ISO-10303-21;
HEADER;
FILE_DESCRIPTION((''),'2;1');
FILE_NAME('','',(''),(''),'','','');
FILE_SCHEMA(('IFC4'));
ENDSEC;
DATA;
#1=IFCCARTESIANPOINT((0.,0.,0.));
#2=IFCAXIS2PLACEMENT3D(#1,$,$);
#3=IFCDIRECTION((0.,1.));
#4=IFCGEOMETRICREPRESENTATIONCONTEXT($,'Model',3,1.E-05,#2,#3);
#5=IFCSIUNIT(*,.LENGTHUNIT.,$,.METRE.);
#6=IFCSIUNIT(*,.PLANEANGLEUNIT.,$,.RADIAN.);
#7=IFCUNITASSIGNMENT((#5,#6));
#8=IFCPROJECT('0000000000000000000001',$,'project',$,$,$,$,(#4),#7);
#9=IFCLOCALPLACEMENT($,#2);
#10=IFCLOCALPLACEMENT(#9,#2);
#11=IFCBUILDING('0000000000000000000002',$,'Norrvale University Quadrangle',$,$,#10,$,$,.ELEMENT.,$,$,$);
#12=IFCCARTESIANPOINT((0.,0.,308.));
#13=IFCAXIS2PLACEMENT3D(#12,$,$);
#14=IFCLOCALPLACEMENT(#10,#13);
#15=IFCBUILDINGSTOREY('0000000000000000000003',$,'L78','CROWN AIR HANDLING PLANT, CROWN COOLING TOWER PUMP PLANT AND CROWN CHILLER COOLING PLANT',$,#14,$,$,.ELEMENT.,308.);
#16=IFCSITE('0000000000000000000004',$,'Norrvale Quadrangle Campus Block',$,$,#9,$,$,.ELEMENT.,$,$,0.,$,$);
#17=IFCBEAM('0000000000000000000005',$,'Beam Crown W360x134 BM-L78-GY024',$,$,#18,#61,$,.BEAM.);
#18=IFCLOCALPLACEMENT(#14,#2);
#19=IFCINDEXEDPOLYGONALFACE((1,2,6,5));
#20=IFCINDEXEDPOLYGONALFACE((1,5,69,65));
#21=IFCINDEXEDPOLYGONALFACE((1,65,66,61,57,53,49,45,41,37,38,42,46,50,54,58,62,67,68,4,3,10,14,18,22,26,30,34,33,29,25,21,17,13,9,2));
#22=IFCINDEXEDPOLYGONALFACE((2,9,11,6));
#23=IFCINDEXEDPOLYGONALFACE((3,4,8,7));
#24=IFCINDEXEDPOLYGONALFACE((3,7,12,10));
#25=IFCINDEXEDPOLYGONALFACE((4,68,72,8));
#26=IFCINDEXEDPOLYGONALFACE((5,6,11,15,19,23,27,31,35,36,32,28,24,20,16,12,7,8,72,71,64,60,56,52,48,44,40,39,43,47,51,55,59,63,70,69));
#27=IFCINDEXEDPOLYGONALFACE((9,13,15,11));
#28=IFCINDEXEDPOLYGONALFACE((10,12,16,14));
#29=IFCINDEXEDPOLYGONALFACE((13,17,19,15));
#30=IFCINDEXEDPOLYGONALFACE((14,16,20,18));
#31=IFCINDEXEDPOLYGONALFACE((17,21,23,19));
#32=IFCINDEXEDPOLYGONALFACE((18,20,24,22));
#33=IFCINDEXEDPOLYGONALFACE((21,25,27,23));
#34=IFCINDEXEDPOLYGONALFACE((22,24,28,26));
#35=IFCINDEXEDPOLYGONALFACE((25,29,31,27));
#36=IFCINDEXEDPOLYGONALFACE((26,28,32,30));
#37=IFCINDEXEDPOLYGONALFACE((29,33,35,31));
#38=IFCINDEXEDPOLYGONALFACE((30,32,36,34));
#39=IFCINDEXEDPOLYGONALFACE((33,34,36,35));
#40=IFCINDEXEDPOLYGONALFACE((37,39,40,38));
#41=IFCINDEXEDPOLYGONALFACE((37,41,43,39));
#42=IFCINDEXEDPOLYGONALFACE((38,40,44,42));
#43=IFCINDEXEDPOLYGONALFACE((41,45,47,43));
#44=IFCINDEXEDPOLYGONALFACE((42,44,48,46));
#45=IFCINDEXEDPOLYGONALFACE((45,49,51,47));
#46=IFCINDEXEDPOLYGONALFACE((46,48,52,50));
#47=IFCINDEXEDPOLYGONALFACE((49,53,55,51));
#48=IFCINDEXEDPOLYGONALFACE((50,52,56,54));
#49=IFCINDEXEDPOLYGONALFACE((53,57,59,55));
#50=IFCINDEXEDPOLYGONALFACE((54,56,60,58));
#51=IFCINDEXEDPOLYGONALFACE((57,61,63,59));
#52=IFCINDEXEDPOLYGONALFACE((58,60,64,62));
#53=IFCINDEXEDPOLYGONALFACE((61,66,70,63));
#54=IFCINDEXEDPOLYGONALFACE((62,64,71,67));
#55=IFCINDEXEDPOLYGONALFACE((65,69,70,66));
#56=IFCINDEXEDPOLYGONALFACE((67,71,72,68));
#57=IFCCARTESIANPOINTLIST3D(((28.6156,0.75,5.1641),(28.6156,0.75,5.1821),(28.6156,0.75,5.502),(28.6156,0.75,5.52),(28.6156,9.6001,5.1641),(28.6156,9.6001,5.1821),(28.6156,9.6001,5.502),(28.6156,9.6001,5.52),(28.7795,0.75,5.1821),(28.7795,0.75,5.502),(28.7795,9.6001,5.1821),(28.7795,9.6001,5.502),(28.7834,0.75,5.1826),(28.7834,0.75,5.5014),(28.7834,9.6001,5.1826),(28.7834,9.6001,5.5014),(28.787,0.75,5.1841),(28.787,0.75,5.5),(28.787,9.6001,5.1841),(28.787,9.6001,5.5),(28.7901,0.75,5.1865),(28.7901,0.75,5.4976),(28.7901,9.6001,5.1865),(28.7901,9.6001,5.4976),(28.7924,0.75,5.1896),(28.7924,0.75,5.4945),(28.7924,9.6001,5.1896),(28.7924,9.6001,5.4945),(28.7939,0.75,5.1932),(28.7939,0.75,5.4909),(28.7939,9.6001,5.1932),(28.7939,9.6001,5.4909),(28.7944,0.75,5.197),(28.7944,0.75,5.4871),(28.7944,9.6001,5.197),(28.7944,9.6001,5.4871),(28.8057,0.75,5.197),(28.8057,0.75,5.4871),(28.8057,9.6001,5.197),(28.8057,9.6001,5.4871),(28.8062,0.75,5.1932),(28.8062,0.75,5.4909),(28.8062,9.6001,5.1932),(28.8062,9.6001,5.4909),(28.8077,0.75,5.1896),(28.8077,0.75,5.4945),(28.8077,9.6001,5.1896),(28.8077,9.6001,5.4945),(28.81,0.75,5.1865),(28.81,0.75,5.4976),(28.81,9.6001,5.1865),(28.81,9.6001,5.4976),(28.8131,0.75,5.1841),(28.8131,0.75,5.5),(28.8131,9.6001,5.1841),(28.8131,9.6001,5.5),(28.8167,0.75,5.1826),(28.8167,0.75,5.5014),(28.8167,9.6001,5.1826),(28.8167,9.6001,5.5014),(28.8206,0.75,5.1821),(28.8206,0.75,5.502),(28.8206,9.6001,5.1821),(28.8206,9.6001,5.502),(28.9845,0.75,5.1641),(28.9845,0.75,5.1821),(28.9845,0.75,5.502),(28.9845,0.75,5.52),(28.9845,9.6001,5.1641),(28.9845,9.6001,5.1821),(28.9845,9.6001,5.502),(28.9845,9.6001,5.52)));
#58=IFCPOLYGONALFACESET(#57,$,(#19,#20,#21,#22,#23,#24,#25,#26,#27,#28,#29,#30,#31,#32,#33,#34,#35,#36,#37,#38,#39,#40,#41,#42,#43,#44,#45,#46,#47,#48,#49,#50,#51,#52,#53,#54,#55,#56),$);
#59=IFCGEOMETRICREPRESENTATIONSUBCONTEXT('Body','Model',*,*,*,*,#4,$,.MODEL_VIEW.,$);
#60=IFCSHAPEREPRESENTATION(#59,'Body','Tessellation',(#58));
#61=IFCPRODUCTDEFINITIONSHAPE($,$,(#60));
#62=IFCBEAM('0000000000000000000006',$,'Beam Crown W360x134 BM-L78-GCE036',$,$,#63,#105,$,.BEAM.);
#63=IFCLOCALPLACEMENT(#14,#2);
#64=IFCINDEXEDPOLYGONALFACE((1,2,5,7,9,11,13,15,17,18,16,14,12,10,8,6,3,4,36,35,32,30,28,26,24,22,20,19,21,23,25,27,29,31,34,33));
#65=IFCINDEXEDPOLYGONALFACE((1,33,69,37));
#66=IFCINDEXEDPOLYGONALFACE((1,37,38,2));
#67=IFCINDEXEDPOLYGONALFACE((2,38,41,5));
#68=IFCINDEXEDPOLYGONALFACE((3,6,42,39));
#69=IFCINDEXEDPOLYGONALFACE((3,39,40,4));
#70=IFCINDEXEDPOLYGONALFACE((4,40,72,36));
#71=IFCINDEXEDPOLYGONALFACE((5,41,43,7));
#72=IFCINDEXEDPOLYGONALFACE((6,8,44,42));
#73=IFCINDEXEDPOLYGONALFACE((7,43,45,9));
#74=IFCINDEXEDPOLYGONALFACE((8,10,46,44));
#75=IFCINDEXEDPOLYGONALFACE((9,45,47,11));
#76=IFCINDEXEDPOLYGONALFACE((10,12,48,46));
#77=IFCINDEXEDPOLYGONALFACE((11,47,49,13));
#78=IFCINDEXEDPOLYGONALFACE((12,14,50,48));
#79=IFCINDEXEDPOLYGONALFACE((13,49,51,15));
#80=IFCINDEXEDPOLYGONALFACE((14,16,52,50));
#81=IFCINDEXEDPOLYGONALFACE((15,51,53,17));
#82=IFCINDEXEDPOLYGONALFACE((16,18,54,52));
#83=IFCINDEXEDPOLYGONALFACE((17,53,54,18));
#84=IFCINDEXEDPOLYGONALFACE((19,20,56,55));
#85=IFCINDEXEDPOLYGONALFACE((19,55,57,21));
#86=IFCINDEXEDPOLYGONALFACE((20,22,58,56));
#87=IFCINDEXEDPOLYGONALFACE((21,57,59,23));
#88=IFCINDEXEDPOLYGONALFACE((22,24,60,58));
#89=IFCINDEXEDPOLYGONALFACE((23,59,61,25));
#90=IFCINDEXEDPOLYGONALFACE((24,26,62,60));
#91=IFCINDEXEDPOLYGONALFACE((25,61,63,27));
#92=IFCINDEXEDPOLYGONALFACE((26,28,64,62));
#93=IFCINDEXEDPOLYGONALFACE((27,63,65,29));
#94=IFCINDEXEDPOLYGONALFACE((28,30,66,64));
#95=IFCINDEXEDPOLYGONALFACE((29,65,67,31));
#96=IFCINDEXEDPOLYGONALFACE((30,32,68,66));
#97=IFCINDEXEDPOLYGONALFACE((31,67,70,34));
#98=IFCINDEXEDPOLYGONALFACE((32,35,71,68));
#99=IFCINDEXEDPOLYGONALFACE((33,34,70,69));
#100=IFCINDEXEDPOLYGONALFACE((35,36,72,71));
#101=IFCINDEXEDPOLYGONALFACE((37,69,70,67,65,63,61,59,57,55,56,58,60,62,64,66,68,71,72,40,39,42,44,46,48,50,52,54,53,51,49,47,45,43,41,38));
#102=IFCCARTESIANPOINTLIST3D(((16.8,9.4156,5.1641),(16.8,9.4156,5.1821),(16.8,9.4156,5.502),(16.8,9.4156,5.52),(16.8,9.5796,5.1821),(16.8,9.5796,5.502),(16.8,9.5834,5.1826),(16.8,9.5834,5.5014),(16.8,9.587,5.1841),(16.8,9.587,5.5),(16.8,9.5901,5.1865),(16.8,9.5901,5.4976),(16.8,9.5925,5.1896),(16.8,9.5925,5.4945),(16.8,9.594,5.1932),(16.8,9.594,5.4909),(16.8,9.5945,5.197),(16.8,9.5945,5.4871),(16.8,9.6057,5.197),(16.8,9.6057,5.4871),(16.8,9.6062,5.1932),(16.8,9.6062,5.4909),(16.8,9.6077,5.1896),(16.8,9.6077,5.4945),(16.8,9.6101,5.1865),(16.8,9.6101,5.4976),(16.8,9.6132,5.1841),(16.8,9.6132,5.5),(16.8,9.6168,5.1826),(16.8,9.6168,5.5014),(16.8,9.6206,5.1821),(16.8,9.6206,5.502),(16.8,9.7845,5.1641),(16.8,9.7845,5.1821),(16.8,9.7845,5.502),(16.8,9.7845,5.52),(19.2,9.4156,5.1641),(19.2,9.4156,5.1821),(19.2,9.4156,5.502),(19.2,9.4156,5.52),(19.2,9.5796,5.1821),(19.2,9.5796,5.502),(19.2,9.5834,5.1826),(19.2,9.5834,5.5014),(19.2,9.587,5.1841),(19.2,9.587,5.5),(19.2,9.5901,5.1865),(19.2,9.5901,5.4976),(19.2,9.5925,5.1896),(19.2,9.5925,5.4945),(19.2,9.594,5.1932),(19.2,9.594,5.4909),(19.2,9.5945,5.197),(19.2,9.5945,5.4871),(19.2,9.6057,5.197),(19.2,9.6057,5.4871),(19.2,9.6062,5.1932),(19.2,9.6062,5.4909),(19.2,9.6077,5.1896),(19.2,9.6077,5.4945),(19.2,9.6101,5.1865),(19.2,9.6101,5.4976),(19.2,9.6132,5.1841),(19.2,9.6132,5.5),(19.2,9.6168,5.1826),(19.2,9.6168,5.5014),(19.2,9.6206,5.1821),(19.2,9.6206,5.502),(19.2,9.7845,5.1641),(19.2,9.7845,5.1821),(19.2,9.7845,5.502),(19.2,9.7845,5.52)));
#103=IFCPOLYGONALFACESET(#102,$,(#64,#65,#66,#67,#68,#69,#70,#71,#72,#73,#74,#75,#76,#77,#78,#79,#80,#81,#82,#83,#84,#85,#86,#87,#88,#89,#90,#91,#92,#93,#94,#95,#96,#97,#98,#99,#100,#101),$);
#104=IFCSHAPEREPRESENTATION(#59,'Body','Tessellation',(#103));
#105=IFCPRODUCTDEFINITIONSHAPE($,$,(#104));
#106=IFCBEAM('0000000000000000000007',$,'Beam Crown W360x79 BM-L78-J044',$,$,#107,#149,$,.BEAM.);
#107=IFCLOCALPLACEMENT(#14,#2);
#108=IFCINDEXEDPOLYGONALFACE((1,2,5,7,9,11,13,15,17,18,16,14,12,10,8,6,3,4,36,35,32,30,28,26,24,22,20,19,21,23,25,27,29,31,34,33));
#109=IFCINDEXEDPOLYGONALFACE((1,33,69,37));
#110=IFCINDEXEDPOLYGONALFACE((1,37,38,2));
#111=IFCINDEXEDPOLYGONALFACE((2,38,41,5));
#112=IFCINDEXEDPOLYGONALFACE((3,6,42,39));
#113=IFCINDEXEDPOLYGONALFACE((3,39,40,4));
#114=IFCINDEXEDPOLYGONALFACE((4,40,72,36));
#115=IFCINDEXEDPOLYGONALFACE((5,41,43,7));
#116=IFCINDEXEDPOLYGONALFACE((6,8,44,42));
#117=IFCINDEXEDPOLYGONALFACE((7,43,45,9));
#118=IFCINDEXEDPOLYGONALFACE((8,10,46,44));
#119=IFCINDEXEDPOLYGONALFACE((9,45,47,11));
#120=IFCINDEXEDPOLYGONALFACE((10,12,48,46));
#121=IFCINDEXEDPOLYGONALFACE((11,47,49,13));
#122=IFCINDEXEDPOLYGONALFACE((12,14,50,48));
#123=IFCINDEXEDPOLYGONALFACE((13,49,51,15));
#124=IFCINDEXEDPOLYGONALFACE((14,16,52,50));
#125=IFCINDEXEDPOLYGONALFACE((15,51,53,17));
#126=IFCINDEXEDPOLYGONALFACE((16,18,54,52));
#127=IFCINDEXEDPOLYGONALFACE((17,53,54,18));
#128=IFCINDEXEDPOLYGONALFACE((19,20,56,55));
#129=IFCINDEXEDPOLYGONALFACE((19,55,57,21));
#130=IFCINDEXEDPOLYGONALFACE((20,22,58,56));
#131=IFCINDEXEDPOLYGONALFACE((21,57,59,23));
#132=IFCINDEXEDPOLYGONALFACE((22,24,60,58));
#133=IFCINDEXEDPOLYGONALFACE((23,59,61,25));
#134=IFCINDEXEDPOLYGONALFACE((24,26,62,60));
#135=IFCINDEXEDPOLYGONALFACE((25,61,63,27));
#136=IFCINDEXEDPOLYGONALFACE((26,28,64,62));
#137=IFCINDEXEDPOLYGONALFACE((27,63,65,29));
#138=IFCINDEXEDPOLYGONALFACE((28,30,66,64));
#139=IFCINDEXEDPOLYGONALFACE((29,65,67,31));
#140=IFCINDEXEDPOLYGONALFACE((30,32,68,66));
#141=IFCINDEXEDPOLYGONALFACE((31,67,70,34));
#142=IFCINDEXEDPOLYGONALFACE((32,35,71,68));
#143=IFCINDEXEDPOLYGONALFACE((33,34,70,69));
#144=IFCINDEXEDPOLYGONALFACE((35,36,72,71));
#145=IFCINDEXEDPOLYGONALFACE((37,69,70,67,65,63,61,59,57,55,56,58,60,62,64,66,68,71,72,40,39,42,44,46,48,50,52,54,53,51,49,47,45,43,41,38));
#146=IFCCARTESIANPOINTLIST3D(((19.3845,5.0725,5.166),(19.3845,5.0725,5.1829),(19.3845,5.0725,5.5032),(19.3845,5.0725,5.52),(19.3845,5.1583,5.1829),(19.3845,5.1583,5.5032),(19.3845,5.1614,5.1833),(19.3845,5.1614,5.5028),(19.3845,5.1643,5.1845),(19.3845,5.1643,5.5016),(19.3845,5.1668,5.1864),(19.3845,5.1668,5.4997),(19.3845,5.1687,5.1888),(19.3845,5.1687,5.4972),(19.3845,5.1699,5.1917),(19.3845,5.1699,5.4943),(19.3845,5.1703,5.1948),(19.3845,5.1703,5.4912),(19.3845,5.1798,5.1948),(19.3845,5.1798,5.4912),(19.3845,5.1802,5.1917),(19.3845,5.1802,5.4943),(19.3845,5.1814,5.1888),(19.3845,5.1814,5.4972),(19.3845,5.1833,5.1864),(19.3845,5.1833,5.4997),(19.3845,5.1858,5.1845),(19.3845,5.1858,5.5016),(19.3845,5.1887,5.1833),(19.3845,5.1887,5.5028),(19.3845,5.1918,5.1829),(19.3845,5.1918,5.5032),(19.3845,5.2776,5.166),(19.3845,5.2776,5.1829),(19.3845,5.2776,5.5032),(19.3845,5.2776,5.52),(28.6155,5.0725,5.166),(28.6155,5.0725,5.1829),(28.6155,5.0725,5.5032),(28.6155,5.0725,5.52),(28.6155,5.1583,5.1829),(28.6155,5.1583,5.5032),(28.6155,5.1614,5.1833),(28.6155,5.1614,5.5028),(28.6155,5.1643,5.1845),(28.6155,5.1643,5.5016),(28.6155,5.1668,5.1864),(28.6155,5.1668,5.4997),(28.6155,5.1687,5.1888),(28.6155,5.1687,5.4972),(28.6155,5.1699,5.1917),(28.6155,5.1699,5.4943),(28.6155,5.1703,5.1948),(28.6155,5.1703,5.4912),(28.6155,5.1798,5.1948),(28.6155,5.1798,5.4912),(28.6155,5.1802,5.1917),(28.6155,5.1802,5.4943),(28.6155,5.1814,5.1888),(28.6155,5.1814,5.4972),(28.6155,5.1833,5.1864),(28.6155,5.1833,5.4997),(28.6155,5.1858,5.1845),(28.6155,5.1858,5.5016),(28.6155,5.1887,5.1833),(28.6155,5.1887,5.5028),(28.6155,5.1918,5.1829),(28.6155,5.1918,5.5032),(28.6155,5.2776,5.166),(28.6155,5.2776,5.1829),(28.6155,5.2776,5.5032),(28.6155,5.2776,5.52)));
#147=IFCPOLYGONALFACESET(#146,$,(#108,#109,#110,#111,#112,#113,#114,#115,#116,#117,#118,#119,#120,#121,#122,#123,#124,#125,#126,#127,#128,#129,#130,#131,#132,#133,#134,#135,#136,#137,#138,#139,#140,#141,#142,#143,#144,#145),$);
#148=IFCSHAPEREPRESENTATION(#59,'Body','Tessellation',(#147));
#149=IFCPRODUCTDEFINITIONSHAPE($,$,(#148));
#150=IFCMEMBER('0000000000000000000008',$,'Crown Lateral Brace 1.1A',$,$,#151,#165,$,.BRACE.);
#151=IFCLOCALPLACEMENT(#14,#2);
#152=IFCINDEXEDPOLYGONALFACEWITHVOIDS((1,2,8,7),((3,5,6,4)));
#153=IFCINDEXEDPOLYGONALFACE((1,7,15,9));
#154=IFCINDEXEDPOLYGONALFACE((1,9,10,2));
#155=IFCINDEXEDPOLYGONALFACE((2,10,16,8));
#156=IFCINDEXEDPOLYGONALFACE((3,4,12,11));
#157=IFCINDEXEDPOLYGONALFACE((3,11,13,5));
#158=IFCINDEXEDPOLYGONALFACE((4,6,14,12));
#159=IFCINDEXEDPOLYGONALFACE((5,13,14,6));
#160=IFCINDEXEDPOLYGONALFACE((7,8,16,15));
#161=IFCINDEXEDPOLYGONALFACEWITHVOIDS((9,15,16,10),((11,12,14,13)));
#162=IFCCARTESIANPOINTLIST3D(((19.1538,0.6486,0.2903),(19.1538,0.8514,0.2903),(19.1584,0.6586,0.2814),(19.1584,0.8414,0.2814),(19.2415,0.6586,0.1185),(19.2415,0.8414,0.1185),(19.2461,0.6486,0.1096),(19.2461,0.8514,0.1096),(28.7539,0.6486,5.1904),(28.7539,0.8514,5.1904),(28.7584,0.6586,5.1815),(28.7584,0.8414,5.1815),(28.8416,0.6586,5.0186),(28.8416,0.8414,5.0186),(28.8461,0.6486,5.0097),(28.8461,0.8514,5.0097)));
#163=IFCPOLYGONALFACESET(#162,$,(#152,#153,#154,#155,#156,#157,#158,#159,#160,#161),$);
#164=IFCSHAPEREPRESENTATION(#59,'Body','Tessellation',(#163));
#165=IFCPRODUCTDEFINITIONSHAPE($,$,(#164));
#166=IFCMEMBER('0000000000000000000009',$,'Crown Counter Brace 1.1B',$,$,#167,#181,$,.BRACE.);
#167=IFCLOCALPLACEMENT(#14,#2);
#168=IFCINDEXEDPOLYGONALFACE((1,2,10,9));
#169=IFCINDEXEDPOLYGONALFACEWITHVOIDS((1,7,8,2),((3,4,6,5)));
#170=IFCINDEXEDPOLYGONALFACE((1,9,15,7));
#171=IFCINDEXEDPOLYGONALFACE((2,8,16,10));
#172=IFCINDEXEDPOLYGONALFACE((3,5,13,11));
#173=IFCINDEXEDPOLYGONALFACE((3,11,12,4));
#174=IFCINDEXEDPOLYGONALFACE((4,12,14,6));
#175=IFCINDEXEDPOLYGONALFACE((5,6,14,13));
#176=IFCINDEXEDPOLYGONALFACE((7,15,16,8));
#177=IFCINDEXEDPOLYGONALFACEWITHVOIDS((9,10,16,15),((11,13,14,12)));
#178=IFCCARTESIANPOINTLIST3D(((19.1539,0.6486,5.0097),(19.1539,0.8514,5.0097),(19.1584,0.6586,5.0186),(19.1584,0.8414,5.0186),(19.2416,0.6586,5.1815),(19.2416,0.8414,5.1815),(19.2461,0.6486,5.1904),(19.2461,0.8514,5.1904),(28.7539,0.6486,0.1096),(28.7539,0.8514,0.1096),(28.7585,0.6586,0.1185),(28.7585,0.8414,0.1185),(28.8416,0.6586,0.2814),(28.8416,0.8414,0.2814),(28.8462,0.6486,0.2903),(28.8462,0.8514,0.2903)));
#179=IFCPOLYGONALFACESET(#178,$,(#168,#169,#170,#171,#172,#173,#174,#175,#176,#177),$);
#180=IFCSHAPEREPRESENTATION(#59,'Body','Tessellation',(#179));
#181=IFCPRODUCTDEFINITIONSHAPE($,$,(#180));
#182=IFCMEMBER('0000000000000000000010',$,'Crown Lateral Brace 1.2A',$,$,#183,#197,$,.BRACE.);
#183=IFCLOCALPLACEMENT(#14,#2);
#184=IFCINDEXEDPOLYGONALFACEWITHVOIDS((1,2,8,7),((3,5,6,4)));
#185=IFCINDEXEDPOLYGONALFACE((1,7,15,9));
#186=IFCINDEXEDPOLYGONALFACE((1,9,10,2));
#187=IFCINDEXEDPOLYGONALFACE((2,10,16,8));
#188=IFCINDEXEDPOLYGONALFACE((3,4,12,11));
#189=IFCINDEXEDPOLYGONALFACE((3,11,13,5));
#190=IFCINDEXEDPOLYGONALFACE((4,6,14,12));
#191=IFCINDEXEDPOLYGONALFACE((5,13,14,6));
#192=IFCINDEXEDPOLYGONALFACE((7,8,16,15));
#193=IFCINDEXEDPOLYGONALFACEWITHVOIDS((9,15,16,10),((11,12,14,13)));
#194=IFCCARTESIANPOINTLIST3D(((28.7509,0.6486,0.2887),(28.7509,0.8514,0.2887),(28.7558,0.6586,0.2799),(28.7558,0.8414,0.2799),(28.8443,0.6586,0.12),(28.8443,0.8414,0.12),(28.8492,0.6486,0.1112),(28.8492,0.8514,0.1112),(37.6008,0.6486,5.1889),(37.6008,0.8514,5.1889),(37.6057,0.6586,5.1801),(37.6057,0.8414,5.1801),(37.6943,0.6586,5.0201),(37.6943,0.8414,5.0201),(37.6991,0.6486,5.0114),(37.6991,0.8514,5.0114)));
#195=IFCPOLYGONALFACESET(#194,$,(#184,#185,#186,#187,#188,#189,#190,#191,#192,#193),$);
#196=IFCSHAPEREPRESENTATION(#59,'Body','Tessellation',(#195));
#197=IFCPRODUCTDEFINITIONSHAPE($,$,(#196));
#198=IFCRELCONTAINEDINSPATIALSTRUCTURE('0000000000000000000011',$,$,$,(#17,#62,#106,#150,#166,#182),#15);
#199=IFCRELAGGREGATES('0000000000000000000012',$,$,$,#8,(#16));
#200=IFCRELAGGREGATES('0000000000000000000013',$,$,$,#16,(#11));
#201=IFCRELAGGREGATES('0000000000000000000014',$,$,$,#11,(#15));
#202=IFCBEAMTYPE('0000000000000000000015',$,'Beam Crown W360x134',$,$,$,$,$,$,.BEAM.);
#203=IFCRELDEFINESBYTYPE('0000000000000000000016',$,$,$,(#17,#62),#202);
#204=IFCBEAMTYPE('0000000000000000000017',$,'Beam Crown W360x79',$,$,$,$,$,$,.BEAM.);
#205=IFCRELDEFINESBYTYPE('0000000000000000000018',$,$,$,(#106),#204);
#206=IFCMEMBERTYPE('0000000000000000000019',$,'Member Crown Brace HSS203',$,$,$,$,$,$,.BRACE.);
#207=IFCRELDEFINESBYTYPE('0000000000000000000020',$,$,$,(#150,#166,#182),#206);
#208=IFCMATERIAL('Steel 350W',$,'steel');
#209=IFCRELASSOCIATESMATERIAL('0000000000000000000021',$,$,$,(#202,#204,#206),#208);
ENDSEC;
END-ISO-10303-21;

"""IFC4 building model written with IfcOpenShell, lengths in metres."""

from ifc_helpers import new_model, si_unit, direction, frame, origin, origin_2d, place, context, subcontext, project, spatial, hollow_rectangle, i_section, extrude, material, material_profile, profile_set, type_object, element, save


model = new_model("IFC4")

# Units and contexts
model_context = context("Model", 3, precision=1e-05, world=origin(), true_north=direction((0.0, 1.0)))
body_context = subcontext(model_context, "Body", "Model", "MODEL_VIEW")
ifc_project = project(units=[si_unit("LENGTHUNIT", "METRE"), si_unit("PLANEANGLEUNIT", "RADIAN")], contexts=[model_context])

# Site, building, storey
site_placement = place(None, origin())
site = spatial("IfcSite", under=ifc_project, at=site_placement, Name="Norrvale Quadrangle Campus Block", CompositionType="ELEMENT", RefElevation=0.0)
building_placement = place(site_placement, origin())
building = spatial("IfcBuilding", under=site, at=building_placement, Name="Norrvale University Quadrangle", CompositionType="ELEMENT")
storey_placement = place(building_placement, frame((0.0, 0.0, 308.0)))
storey = spatial("IfcBuildingStorey", under=building, at=storey_placement, Name="L78", Description="CROWN AIR HANDLING PLANT, CROWN COOLING TOWER PUMP PLANT AND CROWN CHILLER COOLING PLANT", CompositionType="ELEMENT", Elevation=308.0)

# Shared definitions
ifc_material_1 = material(Name="Steel 350W", Category="steel")

# Beams
ifc_material_profile_1 = material_profile(ifc_material_1, i_section(OverallWidth=0.3689, OverallDepth=0.356, WebThickness=0.0112, FlangeThickness=0.0181, FilletRadius=0.0149, at=origin_2d()), Name="Steel 350W")
ifc_profile_set_1 = profile_set([ifc_material_profile_1], Name="Steel 350W")
beam_type_1 = type_object("IfcBeamType", Name="Beam Crown W360x134", PredefinedType="BEAM", material=ifc_profile_set_1)
beam_1_placement = place(storey_placement, frame((28.8, 0.75, 5.342), z_axis=(0.0, 1.0, 0.0), x_axis=(-1.0, 0.0, 0.0)))
element("IfcBeam", 1, at=beam_1_placement, inside=storey, type_object=beam_type_1, Name="Beam Crown W360x134 BM-L78-GY024", PredefinedType="BEAM", context=body_context, shape_type="SweptSolid", body=[
    extrude(i_section(OverallWidth=0.3689, OverallDepth=0.356, WebThickness=0.0112, FlangeThickness=0.0181, FilletRadius=0.0149, at=origin_2d()), origin(), (0.0, 0.0, 1.0), 8.8501),
])
beam_2_placement = place(storey_placement, frame((16.8, 9.6001, 5.342), z_axis=(1.0, 0.0, 0.0), x_axis=(0.0, 1.0, 0.0)))
element("IfcBeam", 2, at=beam_2_placement, inside=storey, type_object=beam_type_1, Name="Beam Crown W360x134 BM-L78-GCE036", PredefinedType="BEAM", context=body_context, shape_type="SweptSolid", body=[
    extrude(i_section(OverallWidth=0.3689, OverallDepth=0.356, WebThickness=0.0112, FlangeThickness=0.0181, FilletRadius=0.0149, at=origin_2d()), origin(), (0.0, 0.0, 1.0), 2.3999),
])
ifc_material_profile_2 = material_profile(ifc_material_1, i_section(OverallWidth=0.2051, OverallDepth=0.354, WebThickness=0.0095, FlangeThickness=0.0168, FilletRadius=0.012, at=origin_2d()), Name="Steel 350W")
ifc_profile_set_2 = profile_set([ifc_material_profile_2], Name="Steel 350W")
beam_type_2 = type_object("IfcBeamType", Name="Beam Crown W360x79", PredefinedType="BEAM", material=ifc_profile_set_2)
beam_3_placement = place(storey_placement, frame((19.3845, 5.175, 5.343), z_axis=(1.0, 0.0, 0.0), x_axis=(0.0, 1.0, 0.0)))
element("IfcBeam", 3, at=beam_3_placement, inside=storey, type_object=beam_type_2, Name="Beam Crown W360x79 BM-L78-J044", PredefinedType="BEAM", context=body_context, shape_type="SweptSolid", body=[
    extrude(i_section(OverallWidth=0.2051, OverallDepth=0.354, WebThickness=0.0095, FlangeThickness=0.0168, FilletRadius=0.012, at=origin_2d()), origin(), (0.0, 0.0, 1.0), 9.231),
])

# Members
ifc_material_profile_3 = material_profile(ifc_material_1, hollow_rectangle(XDim=0.2029, YDim=0.2029, WallThickness=0.01, at=origin_2d()), Name="Steel 350W")
ifc_profile_set_3 = profile_set([ifc_material_profile_3], Name="Steel 350W")
member_type_1 = type_object("IfcMemberType", Name="Member Crown Brace HSS203", PredefinedType="BRACE", material=ifc_profile_set_3)
for number, where, z_axis, x_axis, name in (
    (4, (19.2, 0.75, 0.2), (0.890682, 0.0, 0.454628), (0.0, 1.0, 0.0), "Crown Lateral Brace 1.1A"),
    (5, (28.8, 0.75, 0.2), (-0.890682, 0.0, 0.454628), (0.0, -1.0, 0.0), "Crown Counter Brace 1.1B"),
):
    element("IfcMember", number, at=place(storey_placement, frame(where, z_axis=z_axis, x_axis=x_axis)), inside=storey, type_object=member_type_1, Name=name, PredefinedType="BRACE", context=body_context, shape_type="SweptSolid", body=[
        extrude(hollow_rectangle(XDim=0.2029, YDim=0.2029, WallThickness=0.01, at=origin_2d()), origin(), (0.0, 0.0, 1.0), 10.7783),
    ])
member_1_placement = place(storey_placement, frame((28.8, 0.75, 0.2), z_axis=(0.874846, 0.0, 0.484401), x_axis=(0.0, 1.0, 0.0)))
element("IfcMember", 6, at=member_1_placement, inside=storey, type_object=member_type_1, Name="Crown Lateral Brace 1.2A", PredefinedType="BRACE", context=body_context, shape_type="SweptSolid", body=[
    extrude(hollow_rectangle(XDim=0.2029, YDim=0.2029, WallThickness=0.01, at=origin_2d()), origin(), (0.0, 0.0, 1.0), 10.116),
])

save(model, "model.ifc")
